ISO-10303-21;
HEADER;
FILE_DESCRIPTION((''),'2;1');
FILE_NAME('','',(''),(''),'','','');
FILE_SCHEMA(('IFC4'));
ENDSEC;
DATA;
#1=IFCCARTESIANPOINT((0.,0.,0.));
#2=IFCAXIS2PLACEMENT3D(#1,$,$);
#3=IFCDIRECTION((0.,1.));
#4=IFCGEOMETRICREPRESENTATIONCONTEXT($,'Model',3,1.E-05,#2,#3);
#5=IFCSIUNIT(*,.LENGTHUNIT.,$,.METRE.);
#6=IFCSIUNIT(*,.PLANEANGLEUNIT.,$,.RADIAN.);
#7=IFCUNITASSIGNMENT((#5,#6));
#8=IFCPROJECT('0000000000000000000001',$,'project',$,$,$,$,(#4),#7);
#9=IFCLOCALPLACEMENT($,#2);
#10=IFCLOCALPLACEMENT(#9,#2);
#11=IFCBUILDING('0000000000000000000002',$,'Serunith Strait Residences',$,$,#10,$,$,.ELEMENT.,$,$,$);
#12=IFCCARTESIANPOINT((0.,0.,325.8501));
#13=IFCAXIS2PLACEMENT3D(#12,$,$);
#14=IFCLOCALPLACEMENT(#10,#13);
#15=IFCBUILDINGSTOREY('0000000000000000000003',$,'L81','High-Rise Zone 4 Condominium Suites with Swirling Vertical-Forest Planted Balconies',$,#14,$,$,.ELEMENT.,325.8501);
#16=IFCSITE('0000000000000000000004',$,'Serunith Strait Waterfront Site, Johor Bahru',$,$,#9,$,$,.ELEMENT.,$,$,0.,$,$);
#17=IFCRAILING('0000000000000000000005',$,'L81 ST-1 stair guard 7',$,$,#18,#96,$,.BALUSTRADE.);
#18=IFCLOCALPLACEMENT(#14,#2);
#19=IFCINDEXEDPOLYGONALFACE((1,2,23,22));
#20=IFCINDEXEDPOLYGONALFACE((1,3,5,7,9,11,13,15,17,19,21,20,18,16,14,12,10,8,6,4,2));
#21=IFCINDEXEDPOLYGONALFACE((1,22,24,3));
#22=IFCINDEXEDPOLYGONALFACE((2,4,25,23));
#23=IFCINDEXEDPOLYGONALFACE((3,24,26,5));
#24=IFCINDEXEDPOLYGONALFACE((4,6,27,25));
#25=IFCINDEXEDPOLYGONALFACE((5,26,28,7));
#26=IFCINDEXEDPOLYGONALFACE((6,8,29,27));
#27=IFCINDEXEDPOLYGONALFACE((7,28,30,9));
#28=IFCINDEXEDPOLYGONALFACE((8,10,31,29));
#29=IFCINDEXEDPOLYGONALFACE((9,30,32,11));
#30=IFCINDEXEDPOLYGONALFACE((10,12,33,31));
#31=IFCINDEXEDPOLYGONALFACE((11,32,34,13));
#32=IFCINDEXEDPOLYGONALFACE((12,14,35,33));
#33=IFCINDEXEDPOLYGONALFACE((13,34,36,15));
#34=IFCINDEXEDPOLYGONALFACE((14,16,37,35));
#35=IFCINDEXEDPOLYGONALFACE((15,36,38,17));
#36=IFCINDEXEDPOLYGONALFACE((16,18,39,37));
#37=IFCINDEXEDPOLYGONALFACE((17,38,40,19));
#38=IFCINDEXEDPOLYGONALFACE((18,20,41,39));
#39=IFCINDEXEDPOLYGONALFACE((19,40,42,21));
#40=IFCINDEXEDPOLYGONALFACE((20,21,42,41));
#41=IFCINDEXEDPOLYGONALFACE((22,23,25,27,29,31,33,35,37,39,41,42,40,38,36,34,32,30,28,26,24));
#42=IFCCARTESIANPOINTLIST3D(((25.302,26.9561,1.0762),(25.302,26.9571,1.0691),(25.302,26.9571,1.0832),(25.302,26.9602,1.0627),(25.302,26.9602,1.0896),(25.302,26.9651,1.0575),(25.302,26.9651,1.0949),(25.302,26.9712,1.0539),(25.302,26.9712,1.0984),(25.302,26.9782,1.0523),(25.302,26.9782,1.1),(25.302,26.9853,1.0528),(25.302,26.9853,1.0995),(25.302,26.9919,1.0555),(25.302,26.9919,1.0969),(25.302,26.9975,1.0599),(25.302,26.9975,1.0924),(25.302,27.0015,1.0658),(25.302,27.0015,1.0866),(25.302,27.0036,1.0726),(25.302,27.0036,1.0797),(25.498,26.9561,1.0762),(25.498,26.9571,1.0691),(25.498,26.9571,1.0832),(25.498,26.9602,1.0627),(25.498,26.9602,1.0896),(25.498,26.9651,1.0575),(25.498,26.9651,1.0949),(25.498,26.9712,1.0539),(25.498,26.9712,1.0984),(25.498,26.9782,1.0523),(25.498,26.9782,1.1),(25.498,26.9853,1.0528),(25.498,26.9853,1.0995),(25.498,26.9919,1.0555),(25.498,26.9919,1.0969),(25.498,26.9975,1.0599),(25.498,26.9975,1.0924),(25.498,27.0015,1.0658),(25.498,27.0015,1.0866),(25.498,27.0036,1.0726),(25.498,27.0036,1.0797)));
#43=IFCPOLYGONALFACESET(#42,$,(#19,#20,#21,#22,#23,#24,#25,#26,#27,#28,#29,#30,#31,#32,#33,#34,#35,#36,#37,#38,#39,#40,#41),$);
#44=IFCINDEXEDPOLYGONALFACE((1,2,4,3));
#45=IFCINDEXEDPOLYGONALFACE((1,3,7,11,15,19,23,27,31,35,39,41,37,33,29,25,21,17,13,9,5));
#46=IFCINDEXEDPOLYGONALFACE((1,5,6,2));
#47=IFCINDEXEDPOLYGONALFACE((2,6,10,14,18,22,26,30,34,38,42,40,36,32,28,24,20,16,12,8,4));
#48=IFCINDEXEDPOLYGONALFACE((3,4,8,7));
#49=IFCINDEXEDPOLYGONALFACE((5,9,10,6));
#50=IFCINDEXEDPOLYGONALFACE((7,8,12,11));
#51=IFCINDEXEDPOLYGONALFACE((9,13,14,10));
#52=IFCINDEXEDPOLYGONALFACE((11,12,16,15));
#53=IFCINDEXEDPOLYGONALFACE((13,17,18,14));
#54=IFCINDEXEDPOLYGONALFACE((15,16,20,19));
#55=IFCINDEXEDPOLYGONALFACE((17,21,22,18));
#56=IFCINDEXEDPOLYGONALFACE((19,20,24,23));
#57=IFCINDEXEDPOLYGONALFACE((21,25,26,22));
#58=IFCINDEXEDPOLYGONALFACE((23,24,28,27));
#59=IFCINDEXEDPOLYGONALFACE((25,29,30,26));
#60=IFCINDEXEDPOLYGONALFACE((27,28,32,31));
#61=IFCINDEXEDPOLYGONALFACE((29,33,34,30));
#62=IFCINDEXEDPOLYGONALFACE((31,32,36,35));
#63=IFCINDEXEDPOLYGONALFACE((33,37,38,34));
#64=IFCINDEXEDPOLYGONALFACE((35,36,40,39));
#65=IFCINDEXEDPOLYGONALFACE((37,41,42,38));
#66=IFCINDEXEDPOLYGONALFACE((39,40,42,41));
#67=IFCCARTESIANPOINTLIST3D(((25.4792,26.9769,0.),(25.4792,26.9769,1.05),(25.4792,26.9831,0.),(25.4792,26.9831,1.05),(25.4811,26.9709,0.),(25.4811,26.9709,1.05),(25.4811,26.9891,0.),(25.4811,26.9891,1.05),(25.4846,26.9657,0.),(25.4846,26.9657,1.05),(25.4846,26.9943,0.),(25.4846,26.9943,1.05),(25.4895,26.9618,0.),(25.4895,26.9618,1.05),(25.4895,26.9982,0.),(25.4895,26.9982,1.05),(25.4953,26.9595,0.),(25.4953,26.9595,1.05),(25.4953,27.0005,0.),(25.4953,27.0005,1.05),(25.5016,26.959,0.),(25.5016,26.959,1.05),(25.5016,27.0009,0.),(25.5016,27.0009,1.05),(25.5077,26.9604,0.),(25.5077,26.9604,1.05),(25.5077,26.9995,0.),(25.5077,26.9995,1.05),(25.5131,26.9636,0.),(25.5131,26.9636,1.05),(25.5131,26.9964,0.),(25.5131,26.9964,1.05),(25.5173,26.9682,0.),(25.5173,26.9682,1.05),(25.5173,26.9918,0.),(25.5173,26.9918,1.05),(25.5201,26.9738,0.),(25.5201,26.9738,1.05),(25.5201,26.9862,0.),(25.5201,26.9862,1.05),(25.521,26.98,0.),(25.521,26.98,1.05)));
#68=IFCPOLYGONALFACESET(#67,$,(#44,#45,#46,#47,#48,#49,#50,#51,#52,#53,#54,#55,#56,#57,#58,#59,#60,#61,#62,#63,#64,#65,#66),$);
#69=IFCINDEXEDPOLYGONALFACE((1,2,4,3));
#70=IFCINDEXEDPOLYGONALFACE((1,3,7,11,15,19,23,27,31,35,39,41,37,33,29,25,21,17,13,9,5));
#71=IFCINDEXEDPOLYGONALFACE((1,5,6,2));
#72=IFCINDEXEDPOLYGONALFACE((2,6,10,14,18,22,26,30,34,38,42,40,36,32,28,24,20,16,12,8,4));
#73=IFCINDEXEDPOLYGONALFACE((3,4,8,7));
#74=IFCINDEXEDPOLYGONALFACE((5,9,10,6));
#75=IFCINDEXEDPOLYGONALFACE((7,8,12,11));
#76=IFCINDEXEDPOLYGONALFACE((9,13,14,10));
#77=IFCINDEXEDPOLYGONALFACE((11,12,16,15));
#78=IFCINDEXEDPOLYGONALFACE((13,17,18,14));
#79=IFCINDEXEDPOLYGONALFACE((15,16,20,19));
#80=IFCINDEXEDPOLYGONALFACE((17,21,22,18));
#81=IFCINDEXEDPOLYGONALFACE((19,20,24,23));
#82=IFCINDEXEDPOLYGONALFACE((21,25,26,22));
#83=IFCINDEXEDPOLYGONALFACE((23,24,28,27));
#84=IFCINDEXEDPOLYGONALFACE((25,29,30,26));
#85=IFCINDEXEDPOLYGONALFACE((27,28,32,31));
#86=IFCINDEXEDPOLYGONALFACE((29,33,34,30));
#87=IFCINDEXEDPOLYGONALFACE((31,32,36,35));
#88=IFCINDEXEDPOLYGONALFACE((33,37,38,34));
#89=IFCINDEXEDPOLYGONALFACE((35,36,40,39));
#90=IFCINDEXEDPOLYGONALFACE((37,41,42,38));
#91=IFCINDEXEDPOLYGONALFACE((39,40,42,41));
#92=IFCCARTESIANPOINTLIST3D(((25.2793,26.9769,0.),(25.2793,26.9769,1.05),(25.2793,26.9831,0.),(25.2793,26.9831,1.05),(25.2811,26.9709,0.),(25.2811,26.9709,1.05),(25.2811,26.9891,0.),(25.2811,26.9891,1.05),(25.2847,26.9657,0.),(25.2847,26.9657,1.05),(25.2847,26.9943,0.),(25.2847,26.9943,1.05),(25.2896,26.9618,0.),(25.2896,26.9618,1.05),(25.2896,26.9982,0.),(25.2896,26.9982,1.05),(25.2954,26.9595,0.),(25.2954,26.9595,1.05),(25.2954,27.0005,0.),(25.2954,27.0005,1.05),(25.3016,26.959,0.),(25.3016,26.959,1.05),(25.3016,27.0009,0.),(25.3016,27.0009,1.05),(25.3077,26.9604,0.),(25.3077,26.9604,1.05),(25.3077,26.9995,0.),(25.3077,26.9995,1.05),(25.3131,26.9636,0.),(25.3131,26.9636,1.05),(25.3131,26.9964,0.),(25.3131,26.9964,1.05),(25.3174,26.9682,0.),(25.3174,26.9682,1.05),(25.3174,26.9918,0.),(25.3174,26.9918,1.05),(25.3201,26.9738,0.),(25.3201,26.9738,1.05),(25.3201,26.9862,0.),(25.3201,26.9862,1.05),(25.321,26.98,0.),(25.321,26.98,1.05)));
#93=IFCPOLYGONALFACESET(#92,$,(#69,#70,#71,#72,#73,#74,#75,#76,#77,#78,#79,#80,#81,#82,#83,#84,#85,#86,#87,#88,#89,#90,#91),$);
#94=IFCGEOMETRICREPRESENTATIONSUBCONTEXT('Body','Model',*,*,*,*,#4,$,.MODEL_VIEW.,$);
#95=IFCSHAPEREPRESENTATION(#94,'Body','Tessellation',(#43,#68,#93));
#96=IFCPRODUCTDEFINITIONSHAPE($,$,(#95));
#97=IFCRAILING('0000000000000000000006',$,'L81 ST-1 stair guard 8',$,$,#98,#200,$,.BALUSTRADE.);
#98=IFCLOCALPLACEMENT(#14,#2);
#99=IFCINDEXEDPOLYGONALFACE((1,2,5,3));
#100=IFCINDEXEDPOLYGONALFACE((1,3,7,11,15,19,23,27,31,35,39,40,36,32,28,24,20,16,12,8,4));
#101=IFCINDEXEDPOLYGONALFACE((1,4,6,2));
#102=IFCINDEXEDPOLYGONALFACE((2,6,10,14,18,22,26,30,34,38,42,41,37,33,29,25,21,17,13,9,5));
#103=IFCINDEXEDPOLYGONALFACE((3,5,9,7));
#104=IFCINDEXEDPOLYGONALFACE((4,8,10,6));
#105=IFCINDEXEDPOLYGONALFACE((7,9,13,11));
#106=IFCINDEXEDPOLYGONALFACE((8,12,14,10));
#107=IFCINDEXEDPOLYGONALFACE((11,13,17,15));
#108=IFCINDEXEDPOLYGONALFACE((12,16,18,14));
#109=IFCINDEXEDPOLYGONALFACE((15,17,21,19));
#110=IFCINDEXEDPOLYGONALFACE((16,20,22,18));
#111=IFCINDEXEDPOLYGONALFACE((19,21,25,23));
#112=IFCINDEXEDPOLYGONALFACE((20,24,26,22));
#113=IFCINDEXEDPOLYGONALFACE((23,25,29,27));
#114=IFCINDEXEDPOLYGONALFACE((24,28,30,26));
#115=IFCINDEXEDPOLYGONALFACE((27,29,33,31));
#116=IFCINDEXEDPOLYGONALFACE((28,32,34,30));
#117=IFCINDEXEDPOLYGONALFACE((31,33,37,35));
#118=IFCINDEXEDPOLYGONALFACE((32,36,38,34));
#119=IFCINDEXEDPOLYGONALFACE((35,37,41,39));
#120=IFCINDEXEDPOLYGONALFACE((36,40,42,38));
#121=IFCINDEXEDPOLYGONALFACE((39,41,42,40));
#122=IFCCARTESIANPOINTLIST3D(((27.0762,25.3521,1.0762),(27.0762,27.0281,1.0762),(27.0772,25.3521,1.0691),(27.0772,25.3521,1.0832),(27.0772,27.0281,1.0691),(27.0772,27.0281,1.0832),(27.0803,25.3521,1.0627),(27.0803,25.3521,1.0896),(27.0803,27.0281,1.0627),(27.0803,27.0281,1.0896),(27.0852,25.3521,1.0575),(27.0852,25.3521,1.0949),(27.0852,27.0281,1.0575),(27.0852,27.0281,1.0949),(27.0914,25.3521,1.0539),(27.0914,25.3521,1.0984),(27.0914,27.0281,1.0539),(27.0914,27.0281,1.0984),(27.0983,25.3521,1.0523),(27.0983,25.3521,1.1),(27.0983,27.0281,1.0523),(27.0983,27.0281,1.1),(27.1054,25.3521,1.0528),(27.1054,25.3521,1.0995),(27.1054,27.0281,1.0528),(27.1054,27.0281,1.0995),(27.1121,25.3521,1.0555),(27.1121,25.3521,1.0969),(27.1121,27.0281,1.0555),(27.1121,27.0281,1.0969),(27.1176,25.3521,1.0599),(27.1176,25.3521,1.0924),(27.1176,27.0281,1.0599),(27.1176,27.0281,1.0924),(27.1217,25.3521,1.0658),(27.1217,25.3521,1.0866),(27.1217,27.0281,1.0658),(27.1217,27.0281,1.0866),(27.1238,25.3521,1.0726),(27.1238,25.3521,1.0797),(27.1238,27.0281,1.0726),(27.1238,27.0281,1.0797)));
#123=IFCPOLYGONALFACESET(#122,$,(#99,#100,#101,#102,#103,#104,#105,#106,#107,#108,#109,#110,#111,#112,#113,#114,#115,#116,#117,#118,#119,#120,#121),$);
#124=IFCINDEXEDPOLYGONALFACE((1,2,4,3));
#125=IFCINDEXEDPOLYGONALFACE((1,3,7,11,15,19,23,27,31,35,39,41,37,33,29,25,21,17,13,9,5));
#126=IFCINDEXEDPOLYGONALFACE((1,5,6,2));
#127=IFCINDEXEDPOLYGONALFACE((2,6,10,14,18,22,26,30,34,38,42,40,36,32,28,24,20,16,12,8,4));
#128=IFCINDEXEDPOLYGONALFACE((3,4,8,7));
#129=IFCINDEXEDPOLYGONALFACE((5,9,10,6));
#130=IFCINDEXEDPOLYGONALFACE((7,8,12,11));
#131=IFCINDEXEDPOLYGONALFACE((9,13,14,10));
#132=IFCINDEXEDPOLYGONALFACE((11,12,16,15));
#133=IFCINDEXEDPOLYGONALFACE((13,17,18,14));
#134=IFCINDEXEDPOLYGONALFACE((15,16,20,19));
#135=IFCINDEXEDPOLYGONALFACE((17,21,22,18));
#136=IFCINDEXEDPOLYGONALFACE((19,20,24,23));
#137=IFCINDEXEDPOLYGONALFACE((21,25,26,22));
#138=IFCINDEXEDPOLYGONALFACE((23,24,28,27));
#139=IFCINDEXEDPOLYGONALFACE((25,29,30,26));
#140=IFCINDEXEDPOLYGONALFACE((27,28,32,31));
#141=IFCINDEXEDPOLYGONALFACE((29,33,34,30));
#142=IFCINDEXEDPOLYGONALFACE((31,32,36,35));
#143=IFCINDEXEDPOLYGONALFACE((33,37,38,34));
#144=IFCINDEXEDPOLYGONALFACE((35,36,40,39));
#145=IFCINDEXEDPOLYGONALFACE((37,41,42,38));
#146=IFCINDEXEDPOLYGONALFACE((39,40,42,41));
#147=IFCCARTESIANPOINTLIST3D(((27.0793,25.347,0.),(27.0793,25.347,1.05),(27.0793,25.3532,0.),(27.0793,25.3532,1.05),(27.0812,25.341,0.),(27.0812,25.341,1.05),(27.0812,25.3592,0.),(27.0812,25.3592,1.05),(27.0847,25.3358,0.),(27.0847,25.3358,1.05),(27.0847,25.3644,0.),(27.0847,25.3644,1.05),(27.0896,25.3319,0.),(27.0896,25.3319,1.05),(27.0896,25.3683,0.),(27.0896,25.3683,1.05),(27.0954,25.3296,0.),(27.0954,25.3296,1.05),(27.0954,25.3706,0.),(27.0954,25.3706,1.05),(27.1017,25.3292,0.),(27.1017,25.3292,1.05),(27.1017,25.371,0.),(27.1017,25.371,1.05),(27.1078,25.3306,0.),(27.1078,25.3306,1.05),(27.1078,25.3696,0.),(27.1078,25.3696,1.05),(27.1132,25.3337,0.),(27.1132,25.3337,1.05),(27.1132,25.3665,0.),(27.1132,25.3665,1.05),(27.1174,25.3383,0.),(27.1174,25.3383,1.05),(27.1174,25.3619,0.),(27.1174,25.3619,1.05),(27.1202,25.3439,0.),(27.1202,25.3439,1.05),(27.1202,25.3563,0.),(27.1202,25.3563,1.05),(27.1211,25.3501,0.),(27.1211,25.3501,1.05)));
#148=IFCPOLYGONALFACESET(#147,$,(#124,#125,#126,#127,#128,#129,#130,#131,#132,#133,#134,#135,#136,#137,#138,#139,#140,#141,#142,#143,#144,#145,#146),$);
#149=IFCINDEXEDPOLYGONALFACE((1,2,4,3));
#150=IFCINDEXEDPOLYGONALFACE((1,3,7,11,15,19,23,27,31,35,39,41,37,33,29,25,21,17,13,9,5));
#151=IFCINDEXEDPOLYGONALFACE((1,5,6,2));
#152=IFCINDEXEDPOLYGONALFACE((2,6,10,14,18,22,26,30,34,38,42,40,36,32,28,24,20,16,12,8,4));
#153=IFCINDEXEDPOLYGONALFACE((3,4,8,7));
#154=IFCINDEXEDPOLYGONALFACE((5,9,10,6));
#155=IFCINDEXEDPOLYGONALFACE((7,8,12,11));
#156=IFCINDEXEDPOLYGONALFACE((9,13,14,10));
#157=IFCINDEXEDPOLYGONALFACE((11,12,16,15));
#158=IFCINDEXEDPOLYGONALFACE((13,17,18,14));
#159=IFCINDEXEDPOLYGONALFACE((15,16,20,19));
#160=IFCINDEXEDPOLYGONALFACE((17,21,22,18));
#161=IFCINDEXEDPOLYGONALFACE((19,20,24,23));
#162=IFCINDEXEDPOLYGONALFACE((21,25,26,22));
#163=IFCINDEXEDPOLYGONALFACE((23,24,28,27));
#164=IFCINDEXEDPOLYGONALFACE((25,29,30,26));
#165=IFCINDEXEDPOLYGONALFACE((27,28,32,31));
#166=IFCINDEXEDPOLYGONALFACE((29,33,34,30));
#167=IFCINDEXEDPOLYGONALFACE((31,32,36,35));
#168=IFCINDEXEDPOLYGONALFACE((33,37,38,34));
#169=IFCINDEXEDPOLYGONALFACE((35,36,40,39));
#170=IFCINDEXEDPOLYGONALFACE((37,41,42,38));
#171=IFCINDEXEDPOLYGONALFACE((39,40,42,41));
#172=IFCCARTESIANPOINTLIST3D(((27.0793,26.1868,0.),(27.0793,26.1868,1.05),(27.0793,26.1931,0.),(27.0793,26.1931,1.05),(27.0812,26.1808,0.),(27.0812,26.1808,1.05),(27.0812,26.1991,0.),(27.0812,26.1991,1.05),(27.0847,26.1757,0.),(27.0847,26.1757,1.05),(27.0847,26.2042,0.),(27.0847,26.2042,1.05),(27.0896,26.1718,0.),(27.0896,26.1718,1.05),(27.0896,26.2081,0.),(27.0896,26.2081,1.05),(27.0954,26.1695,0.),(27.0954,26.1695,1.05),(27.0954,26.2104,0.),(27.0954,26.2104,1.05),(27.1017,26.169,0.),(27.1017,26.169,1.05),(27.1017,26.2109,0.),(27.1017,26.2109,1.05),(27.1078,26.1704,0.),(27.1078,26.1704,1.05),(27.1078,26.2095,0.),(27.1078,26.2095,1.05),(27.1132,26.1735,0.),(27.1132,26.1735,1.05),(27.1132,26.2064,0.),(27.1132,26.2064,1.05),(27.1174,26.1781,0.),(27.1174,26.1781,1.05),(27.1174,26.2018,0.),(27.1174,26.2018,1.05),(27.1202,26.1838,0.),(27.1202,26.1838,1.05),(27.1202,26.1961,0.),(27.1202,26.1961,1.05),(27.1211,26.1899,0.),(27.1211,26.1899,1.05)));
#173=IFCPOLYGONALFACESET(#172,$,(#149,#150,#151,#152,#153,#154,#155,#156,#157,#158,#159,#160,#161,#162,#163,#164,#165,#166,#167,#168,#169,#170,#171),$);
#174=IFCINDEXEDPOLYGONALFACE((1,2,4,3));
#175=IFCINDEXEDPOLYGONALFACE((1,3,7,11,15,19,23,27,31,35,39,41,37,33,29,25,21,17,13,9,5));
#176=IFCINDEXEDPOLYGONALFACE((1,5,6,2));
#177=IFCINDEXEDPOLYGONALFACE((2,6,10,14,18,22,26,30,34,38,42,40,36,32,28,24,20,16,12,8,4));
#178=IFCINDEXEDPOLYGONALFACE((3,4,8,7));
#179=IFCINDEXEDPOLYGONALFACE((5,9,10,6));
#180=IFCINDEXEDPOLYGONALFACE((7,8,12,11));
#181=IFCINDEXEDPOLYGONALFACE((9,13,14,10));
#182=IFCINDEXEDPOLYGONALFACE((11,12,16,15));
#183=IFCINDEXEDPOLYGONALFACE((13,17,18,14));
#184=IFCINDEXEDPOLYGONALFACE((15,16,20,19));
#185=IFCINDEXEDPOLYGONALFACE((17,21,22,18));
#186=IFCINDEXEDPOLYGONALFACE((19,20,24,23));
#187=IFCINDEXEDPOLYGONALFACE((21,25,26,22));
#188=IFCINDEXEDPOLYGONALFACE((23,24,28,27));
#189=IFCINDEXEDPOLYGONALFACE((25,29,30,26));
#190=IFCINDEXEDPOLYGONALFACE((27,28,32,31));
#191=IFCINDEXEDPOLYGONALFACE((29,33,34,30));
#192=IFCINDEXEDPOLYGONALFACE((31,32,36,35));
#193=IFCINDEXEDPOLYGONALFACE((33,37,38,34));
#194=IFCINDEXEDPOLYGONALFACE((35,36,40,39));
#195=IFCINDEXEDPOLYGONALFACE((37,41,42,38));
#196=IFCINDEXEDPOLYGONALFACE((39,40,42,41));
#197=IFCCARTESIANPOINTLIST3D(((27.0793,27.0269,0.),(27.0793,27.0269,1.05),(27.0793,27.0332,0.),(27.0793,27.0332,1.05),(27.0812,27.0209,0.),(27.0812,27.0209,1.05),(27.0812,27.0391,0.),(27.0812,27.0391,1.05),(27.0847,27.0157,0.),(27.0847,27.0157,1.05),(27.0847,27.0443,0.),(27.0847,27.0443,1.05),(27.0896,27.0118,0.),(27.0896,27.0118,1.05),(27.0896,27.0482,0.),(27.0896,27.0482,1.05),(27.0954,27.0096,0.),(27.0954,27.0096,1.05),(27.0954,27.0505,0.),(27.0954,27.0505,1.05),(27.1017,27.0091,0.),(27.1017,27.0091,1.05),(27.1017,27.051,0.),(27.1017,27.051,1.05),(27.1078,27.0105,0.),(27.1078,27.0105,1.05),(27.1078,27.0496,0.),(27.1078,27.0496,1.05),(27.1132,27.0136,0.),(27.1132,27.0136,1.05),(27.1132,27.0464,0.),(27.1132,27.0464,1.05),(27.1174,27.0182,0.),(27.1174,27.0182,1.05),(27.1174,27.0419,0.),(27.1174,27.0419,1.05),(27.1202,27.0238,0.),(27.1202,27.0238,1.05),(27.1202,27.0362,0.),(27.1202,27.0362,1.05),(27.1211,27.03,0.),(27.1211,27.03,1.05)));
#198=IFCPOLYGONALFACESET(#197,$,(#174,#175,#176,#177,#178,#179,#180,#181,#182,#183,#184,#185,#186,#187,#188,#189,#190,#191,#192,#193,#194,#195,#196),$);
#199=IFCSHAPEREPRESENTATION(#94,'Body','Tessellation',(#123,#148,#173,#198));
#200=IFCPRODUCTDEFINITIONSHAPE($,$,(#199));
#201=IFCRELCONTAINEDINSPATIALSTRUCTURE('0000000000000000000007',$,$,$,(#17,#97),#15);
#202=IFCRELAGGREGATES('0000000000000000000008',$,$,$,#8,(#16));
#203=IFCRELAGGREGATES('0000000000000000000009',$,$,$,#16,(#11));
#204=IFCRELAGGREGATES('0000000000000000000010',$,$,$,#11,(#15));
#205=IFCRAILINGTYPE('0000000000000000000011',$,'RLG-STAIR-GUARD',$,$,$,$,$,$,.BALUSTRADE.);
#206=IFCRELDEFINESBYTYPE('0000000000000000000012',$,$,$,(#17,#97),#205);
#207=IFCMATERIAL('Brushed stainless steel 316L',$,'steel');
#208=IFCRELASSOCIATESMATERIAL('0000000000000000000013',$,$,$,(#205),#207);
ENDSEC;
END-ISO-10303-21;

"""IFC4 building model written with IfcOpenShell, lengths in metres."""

from ifc_helpers import new_model, si_unit, direction, frame, origin, origin_2d, place, context, subcontext, project, spatial, circle, extrude, material, type_object, element, save


model = new_model("IFC4")

# Units and contexts
model_context = context("Model", 3, precision=1e-05, world=origin(), true_north=direction((0.0, 1.0)))
body_context = subcontext(model_context, "Body", "Model", "MODEL_VIEW")
ifc_project = project(units=[si_unit("LENGTHUNIT", "METRE"), si_unit("PLANEANGLEUNIT", "RADIAN")], contexts=[model_context])

# Site, building, storey
site_placement = place(None, origin())
site = spatial("IfcSite", under=ifc_project, at=site_placement, Name="Serunith Strait Waterfront Site, Johor Bahru", CompositionType="ELEMENT", RefElevation=0.0)
building_placement = place(site_placement, origin())
building = spatial("IfcBuilding", under=site, at=building_placement, Name="Serunith Strait Residences", CompositionType="ELEMENT")
storey_placement = place(building_placement, frame((0.0, 0.0, 325.8501)))
storey = spatial("IfcBuildingStorey", under=building, at=storey_placement, Name="L81", Description="High-Rise Zone 4 Condominium Suites with Swirling Vertical-Forest Planted Balconies", CompositionType="ELEMENT", Elevation=325.8501)

# Railings
ifc_material_1 = material(Name="Brushed stainless steel 316L", Category="steel")
railing_type_1 = type_object("IfcRailingType", Name="RLG-STAIR-GUARD", PredefinedType="BALUSTRADE", material=ifc_material_1)
railing_1_placement = place(storey_placement, frame((25.5, 26.98, 0.0)))
element("IfcRailing", 1, at=railing_1_placement, inside=storey, type_object=railing_type_1, Name="L81 ST-1 stair guard 7", PredefinedType="BALUSTRADE", context=body_context, shape_type="SweptSolid", body=[
    extrude(circle(Radius=0.0239, at=origin_2d()), frame((-0.002, 0.0, 1.0762), z_axis=(-1.0, 0.0, 0.0), x_axis=(0.0, -1.0, 0.0)), (0.0, 0.0, 1.0), 0.196),
    extrude(circle(Radius=0.021, at=origin_2d()), origin(), (0.0, 0.0, 1.0), 1.05),
    extrude(circle(Radius=0.021, at=origin_2d()), frame((-0.2, 0.0, 0.0)), (0.0, 0.0, 1.0), 1.05),
])
for number, where, name in (
    (2, (27.1001, 25.3501, 0.0), "L81 ST-1 stair guard 8"),
):
    element("IfcRailing", number, at=place(storey_placement, frame(where)), inside=storey, type_object=railing_type_1, Name=name, PredefinedType="BALUSTRADE", context=body_context, shape_type="SweptSolid", body=[
        extrude(circle(Radius=0.0239, at=origin_2d()), frame((0.0, 0.002, 1.0762), z_axis=(0.0, 1.0, 0.0), x_axis=(-1.0, 0.0, 0.0)), (0.0, 0.0, 1.0), 1.676),
        extrude(circle(Radius=0.021, at=origin_2d()), origin(), (0.0, 0.0, 1.0), 1.05),
        extrude(circle(Radius=0.021, at=origin_2d()), frame((0.0, 0.8398, 0.0)), (0.0, 0.0, 1.0), 1.05),
        extrude(circle(Radius=0.021, at=origin_2d()), frame((0.0, 1.6799, 0.0)), (0.0, 0.0, 1.0), 1.05),
    ])

save(model, "model.ifc")
